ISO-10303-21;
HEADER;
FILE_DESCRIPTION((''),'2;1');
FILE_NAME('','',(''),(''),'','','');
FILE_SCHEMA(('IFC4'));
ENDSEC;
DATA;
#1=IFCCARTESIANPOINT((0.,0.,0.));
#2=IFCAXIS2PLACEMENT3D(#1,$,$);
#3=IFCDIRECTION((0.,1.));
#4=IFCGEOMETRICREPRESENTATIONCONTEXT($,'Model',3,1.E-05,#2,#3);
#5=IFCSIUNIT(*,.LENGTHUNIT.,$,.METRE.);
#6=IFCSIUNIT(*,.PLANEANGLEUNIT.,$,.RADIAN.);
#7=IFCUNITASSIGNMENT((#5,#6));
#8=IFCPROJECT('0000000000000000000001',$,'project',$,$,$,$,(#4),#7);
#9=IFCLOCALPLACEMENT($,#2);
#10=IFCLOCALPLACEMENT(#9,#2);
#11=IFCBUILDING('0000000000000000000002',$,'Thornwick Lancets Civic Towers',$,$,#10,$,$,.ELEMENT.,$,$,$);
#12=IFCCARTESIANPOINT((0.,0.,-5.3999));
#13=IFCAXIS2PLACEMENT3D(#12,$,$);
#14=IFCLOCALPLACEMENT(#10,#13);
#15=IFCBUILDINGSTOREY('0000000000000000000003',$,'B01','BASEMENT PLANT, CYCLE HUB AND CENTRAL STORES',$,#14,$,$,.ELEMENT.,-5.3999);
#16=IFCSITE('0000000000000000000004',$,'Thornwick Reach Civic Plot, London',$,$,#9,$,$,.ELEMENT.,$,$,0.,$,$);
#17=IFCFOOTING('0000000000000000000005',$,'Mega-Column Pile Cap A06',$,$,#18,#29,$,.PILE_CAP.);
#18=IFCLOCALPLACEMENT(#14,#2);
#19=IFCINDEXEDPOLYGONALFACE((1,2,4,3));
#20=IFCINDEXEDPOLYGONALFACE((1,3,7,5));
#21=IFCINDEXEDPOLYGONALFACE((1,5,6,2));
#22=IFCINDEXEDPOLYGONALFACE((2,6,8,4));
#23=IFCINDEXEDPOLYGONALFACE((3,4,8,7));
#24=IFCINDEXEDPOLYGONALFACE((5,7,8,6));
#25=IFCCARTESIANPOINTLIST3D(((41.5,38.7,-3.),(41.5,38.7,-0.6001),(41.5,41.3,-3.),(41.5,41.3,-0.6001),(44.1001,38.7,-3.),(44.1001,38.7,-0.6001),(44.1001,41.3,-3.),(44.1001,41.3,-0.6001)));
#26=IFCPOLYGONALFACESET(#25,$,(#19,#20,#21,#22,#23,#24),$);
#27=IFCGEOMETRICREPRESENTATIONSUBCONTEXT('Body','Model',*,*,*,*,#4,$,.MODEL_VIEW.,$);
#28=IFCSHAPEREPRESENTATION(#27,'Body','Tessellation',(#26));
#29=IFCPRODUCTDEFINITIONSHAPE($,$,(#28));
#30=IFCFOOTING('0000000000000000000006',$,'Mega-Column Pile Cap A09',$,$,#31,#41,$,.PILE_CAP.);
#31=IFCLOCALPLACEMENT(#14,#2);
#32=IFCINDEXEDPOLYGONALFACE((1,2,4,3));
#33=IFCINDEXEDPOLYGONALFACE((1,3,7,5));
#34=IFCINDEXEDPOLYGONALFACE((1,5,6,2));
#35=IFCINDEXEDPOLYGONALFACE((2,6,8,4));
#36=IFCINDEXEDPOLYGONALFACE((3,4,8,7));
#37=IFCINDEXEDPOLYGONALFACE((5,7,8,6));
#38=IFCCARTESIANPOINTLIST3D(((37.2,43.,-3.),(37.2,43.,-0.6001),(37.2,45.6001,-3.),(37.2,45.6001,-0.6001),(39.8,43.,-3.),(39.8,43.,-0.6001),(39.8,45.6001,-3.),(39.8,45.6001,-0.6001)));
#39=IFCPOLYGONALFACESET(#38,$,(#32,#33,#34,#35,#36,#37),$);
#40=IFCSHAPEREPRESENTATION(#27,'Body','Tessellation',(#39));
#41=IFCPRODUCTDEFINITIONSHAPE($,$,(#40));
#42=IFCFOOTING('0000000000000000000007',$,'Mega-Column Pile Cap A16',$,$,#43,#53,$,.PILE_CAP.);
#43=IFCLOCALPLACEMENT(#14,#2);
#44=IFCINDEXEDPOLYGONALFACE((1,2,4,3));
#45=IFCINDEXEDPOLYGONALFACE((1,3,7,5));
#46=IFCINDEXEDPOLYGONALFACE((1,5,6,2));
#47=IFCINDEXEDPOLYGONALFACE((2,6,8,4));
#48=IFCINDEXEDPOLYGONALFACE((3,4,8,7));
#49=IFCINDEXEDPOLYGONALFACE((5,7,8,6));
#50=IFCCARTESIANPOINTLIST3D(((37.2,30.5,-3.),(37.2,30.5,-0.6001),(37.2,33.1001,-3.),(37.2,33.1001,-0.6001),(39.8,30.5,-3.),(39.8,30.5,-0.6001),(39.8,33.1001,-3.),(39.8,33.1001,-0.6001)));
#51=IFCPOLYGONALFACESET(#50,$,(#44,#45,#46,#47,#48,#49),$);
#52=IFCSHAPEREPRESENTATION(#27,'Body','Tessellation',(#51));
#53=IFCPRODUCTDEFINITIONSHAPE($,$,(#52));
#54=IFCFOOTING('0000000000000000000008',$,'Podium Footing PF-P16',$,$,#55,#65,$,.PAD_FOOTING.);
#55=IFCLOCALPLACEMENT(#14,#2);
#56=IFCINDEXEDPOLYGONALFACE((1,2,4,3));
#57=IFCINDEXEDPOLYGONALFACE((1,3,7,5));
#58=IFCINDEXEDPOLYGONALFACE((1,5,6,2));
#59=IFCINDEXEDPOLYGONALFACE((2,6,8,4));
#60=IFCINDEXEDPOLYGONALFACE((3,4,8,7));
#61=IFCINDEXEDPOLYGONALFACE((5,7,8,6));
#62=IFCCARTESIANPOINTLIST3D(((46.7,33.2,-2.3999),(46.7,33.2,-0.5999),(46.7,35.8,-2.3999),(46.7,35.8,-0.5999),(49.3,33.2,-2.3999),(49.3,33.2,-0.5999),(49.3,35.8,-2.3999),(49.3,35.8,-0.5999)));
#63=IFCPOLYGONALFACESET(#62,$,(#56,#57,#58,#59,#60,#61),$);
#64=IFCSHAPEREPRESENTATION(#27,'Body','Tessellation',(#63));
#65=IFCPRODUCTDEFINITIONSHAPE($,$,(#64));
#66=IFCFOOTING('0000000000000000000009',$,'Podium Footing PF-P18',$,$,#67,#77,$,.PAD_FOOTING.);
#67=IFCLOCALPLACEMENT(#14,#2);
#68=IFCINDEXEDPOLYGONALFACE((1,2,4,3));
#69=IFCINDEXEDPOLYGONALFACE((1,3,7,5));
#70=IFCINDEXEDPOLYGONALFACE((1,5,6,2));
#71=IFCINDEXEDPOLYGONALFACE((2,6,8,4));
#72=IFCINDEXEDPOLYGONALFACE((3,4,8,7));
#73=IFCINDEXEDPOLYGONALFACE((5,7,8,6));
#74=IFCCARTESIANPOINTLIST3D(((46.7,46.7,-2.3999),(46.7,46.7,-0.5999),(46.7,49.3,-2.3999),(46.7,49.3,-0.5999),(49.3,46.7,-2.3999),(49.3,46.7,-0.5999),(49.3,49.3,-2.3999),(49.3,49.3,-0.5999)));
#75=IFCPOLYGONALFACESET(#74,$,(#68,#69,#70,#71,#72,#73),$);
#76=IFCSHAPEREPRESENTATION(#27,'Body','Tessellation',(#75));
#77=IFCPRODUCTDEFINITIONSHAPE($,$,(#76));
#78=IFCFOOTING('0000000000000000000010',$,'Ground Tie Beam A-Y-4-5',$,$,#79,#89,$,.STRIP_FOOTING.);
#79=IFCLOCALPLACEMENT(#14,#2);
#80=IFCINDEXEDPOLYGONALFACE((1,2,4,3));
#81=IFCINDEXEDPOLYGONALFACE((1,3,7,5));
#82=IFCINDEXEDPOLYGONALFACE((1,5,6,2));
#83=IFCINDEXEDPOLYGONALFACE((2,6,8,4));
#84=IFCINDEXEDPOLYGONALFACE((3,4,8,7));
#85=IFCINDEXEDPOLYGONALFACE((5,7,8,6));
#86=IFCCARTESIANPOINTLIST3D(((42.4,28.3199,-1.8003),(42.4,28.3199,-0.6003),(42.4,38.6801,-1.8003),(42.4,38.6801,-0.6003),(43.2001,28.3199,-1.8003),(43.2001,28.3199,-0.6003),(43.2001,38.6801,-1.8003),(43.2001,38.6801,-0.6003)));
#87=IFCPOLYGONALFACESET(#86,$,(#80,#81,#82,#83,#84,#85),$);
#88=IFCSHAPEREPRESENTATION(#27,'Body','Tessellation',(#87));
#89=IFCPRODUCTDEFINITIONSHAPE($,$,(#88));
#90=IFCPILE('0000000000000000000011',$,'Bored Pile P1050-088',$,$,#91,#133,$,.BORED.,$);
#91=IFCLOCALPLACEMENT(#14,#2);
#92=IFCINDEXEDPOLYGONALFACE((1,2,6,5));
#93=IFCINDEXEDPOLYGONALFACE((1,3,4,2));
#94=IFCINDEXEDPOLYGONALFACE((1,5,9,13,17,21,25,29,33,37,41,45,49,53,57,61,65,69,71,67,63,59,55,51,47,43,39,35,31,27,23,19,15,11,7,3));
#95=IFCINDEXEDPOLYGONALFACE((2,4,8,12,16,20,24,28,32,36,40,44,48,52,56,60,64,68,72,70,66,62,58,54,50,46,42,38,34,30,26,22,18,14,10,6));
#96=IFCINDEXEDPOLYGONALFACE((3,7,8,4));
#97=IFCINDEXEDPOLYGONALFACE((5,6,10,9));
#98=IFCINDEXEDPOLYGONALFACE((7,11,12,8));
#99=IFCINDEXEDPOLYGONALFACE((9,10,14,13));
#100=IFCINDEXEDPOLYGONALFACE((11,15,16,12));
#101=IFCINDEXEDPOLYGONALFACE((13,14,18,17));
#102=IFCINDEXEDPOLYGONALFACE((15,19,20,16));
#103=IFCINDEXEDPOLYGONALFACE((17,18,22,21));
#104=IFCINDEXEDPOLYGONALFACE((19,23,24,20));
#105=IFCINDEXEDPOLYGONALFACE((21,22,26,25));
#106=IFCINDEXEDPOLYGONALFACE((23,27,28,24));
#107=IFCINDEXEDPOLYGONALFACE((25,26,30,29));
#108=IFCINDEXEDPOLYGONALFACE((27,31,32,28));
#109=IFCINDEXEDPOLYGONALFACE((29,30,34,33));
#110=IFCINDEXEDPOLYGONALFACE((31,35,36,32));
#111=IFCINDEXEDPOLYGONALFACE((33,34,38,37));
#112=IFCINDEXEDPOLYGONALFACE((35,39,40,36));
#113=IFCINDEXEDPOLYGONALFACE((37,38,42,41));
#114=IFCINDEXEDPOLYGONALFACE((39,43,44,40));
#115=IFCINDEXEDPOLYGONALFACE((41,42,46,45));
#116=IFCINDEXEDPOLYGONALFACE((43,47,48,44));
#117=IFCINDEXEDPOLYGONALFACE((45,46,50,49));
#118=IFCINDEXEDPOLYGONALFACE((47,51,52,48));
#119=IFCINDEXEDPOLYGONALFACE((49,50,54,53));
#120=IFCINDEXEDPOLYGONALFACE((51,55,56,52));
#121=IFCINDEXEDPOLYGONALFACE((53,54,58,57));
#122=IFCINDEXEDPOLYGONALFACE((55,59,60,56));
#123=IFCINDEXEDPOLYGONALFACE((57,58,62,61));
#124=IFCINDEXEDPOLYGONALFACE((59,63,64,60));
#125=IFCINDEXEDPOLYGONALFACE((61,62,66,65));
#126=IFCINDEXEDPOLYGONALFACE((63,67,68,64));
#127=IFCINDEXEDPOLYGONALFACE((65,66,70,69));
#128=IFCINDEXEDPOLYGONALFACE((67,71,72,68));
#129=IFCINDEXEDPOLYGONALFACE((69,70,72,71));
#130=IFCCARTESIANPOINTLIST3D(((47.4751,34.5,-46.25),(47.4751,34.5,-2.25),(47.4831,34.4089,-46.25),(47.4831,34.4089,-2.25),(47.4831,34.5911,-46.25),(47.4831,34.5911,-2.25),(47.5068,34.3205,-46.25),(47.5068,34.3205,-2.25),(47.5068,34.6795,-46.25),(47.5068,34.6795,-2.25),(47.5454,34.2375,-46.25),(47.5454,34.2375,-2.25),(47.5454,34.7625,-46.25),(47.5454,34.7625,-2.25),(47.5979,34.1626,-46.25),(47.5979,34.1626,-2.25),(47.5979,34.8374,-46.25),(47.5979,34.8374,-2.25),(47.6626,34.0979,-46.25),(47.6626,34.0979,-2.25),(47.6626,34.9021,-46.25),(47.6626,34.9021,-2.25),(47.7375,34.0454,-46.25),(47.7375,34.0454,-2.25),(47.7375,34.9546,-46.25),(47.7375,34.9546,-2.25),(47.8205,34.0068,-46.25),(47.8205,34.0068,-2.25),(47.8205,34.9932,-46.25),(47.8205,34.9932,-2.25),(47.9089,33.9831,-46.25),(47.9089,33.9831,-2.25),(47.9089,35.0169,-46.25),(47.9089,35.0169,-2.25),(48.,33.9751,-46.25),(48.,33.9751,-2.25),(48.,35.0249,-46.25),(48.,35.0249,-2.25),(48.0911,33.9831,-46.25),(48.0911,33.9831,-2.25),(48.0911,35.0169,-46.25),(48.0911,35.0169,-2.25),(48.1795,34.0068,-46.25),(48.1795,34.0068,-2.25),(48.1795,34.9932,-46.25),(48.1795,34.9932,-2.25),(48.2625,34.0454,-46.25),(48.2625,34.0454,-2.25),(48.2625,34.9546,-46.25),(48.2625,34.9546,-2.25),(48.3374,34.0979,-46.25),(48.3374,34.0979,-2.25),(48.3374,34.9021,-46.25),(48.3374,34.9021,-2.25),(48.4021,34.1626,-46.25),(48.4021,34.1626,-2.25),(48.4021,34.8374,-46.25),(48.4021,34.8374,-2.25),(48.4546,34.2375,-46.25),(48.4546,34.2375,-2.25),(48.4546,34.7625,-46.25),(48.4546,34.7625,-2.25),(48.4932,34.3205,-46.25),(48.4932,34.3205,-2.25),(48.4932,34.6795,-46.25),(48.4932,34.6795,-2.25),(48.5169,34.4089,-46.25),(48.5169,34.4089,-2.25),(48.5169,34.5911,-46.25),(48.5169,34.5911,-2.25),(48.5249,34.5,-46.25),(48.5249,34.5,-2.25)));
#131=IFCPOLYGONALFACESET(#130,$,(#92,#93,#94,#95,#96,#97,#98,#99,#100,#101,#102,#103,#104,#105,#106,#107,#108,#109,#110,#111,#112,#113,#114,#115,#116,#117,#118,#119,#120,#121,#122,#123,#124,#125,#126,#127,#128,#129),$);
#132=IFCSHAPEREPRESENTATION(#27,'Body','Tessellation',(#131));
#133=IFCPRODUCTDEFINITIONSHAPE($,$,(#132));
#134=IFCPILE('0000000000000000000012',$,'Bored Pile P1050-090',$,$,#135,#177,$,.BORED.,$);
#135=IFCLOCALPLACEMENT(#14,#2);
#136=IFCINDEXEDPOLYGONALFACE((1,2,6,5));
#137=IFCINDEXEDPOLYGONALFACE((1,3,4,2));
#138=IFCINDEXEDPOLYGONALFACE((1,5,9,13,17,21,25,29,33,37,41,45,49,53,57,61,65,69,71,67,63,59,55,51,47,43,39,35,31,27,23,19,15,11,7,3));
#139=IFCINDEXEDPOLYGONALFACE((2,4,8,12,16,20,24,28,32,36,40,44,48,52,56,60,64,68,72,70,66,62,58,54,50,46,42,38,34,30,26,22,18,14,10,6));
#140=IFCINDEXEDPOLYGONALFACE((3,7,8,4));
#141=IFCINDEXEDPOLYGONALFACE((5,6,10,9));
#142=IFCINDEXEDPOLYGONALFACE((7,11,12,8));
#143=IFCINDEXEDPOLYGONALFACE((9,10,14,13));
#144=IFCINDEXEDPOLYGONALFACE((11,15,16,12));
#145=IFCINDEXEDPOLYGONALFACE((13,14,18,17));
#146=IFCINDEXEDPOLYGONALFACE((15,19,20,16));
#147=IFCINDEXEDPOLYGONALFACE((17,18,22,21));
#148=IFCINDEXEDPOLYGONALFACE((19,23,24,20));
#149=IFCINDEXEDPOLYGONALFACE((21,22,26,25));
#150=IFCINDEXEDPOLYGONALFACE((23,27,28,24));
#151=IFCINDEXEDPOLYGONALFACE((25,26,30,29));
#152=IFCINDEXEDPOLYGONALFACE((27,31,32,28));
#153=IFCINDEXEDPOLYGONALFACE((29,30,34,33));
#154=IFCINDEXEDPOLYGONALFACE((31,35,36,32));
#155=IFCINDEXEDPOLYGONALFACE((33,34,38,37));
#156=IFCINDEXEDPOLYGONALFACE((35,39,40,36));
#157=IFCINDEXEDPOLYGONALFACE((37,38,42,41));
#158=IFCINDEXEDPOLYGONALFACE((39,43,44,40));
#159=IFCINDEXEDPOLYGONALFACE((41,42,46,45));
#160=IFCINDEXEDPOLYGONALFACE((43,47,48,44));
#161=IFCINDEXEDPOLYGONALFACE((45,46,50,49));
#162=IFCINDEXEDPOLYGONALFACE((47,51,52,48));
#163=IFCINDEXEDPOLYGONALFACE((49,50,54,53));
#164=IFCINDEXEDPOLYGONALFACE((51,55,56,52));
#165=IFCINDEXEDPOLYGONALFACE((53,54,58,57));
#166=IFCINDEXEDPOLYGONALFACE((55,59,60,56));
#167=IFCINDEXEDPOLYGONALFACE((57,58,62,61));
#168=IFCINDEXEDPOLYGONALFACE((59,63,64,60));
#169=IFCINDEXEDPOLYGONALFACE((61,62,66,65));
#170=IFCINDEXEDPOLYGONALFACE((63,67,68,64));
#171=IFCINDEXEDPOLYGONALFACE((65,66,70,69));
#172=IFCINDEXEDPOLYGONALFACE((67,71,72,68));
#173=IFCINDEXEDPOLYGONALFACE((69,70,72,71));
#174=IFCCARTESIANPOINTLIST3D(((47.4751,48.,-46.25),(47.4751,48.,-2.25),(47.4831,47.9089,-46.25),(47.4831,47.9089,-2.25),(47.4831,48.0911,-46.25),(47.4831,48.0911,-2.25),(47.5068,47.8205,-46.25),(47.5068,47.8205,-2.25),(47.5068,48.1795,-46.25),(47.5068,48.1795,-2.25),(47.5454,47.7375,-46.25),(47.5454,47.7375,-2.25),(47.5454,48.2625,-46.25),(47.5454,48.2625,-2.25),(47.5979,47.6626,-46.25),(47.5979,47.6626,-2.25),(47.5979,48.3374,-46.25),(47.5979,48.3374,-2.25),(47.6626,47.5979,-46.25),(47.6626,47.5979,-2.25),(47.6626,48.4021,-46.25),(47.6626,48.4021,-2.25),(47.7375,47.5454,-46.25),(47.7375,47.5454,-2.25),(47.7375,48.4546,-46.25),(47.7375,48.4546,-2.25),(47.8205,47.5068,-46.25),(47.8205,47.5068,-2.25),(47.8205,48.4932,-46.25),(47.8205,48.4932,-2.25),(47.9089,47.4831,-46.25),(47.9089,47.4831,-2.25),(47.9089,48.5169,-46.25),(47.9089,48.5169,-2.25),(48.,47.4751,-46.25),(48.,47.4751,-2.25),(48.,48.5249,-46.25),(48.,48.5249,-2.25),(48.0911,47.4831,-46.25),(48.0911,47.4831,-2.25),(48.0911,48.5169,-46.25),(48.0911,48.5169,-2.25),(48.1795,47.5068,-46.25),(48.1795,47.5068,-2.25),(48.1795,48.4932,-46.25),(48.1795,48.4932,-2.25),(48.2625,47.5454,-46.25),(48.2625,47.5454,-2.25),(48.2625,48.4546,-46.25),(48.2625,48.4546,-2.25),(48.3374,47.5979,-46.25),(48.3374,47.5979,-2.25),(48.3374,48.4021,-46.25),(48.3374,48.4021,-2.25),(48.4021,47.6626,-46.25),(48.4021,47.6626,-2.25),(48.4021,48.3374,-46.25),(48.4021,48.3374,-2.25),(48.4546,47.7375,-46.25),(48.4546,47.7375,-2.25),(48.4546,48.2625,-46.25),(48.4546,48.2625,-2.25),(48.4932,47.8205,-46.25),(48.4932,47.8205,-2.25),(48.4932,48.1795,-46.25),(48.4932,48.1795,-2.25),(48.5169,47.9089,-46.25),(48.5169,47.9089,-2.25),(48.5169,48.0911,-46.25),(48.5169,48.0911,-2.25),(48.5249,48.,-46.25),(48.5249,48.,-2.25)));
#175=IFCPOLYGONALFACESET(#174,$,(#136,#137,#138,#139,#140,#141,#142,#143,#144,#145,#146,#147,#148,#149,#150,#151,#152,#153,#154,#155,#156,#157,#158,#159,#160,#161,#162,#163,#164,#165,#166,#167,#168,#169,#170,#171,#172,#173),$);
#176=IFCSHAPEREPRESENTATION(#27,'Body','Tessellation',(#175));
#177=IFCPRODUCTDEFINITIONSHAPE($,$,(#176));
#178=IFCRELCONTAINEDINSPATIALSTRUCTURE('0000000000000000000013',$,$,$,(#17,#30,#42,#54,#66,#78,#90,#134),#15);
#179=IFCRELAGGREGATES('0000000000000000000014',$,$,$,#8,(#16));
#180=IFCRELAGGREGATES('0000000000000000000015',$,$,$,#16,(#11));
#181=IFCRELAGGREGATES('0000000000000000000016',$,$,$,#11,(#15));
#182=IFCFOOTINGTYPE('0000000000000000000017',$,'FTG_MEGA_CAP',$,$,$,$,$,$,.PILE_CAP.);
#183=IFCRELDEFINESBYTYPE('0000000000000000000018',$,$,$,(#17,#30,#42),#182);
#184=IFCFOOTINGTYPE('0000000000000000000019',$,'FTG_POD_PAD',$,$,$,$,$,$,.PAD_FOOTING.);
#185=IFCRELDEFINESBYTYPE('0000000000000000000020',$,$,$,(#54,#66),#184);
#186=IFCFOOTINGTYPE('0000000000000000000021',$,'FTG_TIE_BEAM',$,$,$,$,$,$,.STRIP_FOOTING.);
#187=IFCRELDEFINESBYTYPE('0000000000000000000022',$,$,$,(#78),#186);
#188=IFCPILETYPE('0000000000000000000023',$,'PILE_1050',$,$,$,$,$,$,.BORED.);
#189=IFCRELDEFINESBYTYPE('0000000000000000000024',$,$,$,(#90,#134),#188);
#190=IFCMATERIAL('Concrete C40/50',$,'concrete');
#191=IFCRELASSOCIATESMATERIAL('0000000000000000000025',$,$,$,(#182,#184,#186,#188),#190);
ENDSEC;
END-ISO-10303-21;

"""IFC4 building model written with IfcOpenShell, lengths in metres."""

from ifc_helpers import new_model, si_unit, direction, frame, origin, origin_2d, place, context, subcontext, project, spatial, rectangle, circle, extrude, material, material_profile, profile_set, type_object, element, save


model = new_model("IFC4")

# Units and contexts
model_context = context("Model", 3, precision=1e-05, world=origin(), true_north=direction((0.0, 1.0)))
body_context = subcontext(model_context, "Body", "Model", "MODEL_VIEW")
ifc_project = project(units=[si_unit("LENGTHUNIT", "METRE"), si_unit("PLANEANGLEUNIT", "RADIAN")], contexts=[model_context])

# Site, building, storey
site_placement = place(None, origin())
site = spatial("IfcSite", under=ifc_project, at=site_placement, Name="Thornwick Reach Civic Plot, London", CompositionType="ELEMENT", RefElevation=0.0)
building_placement = place(site_placement, origin())
building = spatial("IfcBuilding", under=site, at=building_placement, Name="Thornwick Lancets Civic Towers", CompositionType="ELEMENT")
storey_placement = place(building_placement, frame((0.0, 0.0, -5.3999)))
storey = spatial("IfcBuildingStorey", under=building, at=storey_placement, Name="B01", Description="BASEMENT PLANT, CYCLE HUB AND CENTRAL STORES", CompositionType="ELEMENT", Elevation=-5.3999)

# Footings
ifc_material_1 = material(Name="Concrete C40/50", Category="concrete")
footing_type_1 = type_object("IfcFootingType", Name="FTG_MEGA_CAP", PredefinedType="PILE_CAP", material=ifc_material_1)
for number, where, z_axis, x_axis, name in (
    (1, (42.8, 40.0, -3.0), (0.0, 0.0, 1.0), (1.0, 0.0, 0.0), "Mega-Column Pile Cap A06"),
    (2, (38.5, 44.3, -3.0), (0.0, 0.0, 1.0), (1.0, 0.0, 0.0), "Mega-Column Pile Cap A09"),
    (3, (38.5, 31.8, -3.0), (0.0, 0.0, 1.0), (1.0, 0.0, 0.0), "Mega-Column Pile Cap A16"),
):
    element("IfcFooting", number, at=place(storey_placement, frame(where, z_axis=z_axis, x_axis=x_axis)), inside=storey, type_object=footing_type_1, Name=name, PredefinedType="PILE_CAP", context=body_context, shape_type="SweptSolid", body=[
        extrude(rectangle(XDim=2.6001, YDim=2.6001, at=origin_2d()), origin(), (0.0, 0.0, 1.0), 2.3999),
    ])
footing_type_2 = type_object("IfcFootingType", Name="FTG_POD_PAD", PredefinedType="PAD_FOOTING", material=ifc_material_1)
for number, where, z_axis, x_axis, name in (
    (4, (48.0, 34.5, -2.3999), (0.0, 0.0, 1.0), (1.0, 0.0, 0.0), "Podium Footing PF-P16"),
    (5, (48.0, 48.0, -2.3999), (0.0, 0.0, 1.0), (1.0, 0.0, 0.0), "Podium Footing PF-P18"),
):
    element("IfcFooting", number, at=place(storey_placement, frame(where, z_axis=z_axis, x_axis=x_axis)), inside=storey, type_object=footing_type_2, Name=name, PredefinedType="PAD_FOOTING", context=body_context, shape_type="SweptSolid", body=[
        extrude(rectangle(XDim=2.6001, YDim=2.6001, at=origin_2d()), origin(), (0.0, 0.0, 1.0), 1.8),
    ])
footing_type_3 = type_object("IfcFootingType", Name="FTG_TIE_BEAM", PredefinedType="STRIP_FOOTING", material=ifc_material_1)
footing_placement = place(storey_placement, frame((42.8, 33.5, -1.8003), z_axis=(0.0, 0.0, 1.0), x_axis=(1.0, 0.0, 0.0)))
element("IfcFooting", 6, at=footing_placement, inside=storey, type_object=footing_type_3, Name="Ground Tie Beam A-Y-4-5", PredefinedType="STRIP_FOOTING", context=body_context, shape_type="SweptSolid", body=[
    extrude(rectangle(XDim=0.8, YDim=10.3601, at=origin_2d()), origin(), (0.0, 0.0, 1.0), 1.2),
])

# Piles
ifc_material_profile_1 = material_profile(ifc_material_1, circle(Radius=0.5249, at=origin_2d()), Name="PILE D1050")
ifc_profile_set_1 = profile_set([ifc_material_profile_1], Name="Concrete C40/50")
pile_type_1 = type_object("IfcPileType", Name="PILE_1050", PredefinedType="BORED", material=ifc_profile_set_1)
for number, where, z_axis, x_axis, name in (
    (7, (48.0, 34.5, -2.25), (0.0, 0.0, -1.0), (1.0, 0.0, 0.0), "Bored Pile P1050-088"),
    (8, (48.0, 48.0, -2.25), (0.0, 0.0, -1.0), (1.0, 0.0, 0.0), "Bored Pile P1050-090"),
):
    element("IfcPile", number, at=place(storey_placement, frame(where, z_axis=z_axis, x_axis=x_axis)), inside=storey, type_object=pile_type_1, Name=name, PredefinedType="BORED", context=body_context, shape_type="SweptSolid", body=[
        extrude(circle(Radius=0.5249, at=origin_2d()), origin(), (0.0, 0.0, 1.0), 44.0),
    ])

save(model, "model.ifc")
